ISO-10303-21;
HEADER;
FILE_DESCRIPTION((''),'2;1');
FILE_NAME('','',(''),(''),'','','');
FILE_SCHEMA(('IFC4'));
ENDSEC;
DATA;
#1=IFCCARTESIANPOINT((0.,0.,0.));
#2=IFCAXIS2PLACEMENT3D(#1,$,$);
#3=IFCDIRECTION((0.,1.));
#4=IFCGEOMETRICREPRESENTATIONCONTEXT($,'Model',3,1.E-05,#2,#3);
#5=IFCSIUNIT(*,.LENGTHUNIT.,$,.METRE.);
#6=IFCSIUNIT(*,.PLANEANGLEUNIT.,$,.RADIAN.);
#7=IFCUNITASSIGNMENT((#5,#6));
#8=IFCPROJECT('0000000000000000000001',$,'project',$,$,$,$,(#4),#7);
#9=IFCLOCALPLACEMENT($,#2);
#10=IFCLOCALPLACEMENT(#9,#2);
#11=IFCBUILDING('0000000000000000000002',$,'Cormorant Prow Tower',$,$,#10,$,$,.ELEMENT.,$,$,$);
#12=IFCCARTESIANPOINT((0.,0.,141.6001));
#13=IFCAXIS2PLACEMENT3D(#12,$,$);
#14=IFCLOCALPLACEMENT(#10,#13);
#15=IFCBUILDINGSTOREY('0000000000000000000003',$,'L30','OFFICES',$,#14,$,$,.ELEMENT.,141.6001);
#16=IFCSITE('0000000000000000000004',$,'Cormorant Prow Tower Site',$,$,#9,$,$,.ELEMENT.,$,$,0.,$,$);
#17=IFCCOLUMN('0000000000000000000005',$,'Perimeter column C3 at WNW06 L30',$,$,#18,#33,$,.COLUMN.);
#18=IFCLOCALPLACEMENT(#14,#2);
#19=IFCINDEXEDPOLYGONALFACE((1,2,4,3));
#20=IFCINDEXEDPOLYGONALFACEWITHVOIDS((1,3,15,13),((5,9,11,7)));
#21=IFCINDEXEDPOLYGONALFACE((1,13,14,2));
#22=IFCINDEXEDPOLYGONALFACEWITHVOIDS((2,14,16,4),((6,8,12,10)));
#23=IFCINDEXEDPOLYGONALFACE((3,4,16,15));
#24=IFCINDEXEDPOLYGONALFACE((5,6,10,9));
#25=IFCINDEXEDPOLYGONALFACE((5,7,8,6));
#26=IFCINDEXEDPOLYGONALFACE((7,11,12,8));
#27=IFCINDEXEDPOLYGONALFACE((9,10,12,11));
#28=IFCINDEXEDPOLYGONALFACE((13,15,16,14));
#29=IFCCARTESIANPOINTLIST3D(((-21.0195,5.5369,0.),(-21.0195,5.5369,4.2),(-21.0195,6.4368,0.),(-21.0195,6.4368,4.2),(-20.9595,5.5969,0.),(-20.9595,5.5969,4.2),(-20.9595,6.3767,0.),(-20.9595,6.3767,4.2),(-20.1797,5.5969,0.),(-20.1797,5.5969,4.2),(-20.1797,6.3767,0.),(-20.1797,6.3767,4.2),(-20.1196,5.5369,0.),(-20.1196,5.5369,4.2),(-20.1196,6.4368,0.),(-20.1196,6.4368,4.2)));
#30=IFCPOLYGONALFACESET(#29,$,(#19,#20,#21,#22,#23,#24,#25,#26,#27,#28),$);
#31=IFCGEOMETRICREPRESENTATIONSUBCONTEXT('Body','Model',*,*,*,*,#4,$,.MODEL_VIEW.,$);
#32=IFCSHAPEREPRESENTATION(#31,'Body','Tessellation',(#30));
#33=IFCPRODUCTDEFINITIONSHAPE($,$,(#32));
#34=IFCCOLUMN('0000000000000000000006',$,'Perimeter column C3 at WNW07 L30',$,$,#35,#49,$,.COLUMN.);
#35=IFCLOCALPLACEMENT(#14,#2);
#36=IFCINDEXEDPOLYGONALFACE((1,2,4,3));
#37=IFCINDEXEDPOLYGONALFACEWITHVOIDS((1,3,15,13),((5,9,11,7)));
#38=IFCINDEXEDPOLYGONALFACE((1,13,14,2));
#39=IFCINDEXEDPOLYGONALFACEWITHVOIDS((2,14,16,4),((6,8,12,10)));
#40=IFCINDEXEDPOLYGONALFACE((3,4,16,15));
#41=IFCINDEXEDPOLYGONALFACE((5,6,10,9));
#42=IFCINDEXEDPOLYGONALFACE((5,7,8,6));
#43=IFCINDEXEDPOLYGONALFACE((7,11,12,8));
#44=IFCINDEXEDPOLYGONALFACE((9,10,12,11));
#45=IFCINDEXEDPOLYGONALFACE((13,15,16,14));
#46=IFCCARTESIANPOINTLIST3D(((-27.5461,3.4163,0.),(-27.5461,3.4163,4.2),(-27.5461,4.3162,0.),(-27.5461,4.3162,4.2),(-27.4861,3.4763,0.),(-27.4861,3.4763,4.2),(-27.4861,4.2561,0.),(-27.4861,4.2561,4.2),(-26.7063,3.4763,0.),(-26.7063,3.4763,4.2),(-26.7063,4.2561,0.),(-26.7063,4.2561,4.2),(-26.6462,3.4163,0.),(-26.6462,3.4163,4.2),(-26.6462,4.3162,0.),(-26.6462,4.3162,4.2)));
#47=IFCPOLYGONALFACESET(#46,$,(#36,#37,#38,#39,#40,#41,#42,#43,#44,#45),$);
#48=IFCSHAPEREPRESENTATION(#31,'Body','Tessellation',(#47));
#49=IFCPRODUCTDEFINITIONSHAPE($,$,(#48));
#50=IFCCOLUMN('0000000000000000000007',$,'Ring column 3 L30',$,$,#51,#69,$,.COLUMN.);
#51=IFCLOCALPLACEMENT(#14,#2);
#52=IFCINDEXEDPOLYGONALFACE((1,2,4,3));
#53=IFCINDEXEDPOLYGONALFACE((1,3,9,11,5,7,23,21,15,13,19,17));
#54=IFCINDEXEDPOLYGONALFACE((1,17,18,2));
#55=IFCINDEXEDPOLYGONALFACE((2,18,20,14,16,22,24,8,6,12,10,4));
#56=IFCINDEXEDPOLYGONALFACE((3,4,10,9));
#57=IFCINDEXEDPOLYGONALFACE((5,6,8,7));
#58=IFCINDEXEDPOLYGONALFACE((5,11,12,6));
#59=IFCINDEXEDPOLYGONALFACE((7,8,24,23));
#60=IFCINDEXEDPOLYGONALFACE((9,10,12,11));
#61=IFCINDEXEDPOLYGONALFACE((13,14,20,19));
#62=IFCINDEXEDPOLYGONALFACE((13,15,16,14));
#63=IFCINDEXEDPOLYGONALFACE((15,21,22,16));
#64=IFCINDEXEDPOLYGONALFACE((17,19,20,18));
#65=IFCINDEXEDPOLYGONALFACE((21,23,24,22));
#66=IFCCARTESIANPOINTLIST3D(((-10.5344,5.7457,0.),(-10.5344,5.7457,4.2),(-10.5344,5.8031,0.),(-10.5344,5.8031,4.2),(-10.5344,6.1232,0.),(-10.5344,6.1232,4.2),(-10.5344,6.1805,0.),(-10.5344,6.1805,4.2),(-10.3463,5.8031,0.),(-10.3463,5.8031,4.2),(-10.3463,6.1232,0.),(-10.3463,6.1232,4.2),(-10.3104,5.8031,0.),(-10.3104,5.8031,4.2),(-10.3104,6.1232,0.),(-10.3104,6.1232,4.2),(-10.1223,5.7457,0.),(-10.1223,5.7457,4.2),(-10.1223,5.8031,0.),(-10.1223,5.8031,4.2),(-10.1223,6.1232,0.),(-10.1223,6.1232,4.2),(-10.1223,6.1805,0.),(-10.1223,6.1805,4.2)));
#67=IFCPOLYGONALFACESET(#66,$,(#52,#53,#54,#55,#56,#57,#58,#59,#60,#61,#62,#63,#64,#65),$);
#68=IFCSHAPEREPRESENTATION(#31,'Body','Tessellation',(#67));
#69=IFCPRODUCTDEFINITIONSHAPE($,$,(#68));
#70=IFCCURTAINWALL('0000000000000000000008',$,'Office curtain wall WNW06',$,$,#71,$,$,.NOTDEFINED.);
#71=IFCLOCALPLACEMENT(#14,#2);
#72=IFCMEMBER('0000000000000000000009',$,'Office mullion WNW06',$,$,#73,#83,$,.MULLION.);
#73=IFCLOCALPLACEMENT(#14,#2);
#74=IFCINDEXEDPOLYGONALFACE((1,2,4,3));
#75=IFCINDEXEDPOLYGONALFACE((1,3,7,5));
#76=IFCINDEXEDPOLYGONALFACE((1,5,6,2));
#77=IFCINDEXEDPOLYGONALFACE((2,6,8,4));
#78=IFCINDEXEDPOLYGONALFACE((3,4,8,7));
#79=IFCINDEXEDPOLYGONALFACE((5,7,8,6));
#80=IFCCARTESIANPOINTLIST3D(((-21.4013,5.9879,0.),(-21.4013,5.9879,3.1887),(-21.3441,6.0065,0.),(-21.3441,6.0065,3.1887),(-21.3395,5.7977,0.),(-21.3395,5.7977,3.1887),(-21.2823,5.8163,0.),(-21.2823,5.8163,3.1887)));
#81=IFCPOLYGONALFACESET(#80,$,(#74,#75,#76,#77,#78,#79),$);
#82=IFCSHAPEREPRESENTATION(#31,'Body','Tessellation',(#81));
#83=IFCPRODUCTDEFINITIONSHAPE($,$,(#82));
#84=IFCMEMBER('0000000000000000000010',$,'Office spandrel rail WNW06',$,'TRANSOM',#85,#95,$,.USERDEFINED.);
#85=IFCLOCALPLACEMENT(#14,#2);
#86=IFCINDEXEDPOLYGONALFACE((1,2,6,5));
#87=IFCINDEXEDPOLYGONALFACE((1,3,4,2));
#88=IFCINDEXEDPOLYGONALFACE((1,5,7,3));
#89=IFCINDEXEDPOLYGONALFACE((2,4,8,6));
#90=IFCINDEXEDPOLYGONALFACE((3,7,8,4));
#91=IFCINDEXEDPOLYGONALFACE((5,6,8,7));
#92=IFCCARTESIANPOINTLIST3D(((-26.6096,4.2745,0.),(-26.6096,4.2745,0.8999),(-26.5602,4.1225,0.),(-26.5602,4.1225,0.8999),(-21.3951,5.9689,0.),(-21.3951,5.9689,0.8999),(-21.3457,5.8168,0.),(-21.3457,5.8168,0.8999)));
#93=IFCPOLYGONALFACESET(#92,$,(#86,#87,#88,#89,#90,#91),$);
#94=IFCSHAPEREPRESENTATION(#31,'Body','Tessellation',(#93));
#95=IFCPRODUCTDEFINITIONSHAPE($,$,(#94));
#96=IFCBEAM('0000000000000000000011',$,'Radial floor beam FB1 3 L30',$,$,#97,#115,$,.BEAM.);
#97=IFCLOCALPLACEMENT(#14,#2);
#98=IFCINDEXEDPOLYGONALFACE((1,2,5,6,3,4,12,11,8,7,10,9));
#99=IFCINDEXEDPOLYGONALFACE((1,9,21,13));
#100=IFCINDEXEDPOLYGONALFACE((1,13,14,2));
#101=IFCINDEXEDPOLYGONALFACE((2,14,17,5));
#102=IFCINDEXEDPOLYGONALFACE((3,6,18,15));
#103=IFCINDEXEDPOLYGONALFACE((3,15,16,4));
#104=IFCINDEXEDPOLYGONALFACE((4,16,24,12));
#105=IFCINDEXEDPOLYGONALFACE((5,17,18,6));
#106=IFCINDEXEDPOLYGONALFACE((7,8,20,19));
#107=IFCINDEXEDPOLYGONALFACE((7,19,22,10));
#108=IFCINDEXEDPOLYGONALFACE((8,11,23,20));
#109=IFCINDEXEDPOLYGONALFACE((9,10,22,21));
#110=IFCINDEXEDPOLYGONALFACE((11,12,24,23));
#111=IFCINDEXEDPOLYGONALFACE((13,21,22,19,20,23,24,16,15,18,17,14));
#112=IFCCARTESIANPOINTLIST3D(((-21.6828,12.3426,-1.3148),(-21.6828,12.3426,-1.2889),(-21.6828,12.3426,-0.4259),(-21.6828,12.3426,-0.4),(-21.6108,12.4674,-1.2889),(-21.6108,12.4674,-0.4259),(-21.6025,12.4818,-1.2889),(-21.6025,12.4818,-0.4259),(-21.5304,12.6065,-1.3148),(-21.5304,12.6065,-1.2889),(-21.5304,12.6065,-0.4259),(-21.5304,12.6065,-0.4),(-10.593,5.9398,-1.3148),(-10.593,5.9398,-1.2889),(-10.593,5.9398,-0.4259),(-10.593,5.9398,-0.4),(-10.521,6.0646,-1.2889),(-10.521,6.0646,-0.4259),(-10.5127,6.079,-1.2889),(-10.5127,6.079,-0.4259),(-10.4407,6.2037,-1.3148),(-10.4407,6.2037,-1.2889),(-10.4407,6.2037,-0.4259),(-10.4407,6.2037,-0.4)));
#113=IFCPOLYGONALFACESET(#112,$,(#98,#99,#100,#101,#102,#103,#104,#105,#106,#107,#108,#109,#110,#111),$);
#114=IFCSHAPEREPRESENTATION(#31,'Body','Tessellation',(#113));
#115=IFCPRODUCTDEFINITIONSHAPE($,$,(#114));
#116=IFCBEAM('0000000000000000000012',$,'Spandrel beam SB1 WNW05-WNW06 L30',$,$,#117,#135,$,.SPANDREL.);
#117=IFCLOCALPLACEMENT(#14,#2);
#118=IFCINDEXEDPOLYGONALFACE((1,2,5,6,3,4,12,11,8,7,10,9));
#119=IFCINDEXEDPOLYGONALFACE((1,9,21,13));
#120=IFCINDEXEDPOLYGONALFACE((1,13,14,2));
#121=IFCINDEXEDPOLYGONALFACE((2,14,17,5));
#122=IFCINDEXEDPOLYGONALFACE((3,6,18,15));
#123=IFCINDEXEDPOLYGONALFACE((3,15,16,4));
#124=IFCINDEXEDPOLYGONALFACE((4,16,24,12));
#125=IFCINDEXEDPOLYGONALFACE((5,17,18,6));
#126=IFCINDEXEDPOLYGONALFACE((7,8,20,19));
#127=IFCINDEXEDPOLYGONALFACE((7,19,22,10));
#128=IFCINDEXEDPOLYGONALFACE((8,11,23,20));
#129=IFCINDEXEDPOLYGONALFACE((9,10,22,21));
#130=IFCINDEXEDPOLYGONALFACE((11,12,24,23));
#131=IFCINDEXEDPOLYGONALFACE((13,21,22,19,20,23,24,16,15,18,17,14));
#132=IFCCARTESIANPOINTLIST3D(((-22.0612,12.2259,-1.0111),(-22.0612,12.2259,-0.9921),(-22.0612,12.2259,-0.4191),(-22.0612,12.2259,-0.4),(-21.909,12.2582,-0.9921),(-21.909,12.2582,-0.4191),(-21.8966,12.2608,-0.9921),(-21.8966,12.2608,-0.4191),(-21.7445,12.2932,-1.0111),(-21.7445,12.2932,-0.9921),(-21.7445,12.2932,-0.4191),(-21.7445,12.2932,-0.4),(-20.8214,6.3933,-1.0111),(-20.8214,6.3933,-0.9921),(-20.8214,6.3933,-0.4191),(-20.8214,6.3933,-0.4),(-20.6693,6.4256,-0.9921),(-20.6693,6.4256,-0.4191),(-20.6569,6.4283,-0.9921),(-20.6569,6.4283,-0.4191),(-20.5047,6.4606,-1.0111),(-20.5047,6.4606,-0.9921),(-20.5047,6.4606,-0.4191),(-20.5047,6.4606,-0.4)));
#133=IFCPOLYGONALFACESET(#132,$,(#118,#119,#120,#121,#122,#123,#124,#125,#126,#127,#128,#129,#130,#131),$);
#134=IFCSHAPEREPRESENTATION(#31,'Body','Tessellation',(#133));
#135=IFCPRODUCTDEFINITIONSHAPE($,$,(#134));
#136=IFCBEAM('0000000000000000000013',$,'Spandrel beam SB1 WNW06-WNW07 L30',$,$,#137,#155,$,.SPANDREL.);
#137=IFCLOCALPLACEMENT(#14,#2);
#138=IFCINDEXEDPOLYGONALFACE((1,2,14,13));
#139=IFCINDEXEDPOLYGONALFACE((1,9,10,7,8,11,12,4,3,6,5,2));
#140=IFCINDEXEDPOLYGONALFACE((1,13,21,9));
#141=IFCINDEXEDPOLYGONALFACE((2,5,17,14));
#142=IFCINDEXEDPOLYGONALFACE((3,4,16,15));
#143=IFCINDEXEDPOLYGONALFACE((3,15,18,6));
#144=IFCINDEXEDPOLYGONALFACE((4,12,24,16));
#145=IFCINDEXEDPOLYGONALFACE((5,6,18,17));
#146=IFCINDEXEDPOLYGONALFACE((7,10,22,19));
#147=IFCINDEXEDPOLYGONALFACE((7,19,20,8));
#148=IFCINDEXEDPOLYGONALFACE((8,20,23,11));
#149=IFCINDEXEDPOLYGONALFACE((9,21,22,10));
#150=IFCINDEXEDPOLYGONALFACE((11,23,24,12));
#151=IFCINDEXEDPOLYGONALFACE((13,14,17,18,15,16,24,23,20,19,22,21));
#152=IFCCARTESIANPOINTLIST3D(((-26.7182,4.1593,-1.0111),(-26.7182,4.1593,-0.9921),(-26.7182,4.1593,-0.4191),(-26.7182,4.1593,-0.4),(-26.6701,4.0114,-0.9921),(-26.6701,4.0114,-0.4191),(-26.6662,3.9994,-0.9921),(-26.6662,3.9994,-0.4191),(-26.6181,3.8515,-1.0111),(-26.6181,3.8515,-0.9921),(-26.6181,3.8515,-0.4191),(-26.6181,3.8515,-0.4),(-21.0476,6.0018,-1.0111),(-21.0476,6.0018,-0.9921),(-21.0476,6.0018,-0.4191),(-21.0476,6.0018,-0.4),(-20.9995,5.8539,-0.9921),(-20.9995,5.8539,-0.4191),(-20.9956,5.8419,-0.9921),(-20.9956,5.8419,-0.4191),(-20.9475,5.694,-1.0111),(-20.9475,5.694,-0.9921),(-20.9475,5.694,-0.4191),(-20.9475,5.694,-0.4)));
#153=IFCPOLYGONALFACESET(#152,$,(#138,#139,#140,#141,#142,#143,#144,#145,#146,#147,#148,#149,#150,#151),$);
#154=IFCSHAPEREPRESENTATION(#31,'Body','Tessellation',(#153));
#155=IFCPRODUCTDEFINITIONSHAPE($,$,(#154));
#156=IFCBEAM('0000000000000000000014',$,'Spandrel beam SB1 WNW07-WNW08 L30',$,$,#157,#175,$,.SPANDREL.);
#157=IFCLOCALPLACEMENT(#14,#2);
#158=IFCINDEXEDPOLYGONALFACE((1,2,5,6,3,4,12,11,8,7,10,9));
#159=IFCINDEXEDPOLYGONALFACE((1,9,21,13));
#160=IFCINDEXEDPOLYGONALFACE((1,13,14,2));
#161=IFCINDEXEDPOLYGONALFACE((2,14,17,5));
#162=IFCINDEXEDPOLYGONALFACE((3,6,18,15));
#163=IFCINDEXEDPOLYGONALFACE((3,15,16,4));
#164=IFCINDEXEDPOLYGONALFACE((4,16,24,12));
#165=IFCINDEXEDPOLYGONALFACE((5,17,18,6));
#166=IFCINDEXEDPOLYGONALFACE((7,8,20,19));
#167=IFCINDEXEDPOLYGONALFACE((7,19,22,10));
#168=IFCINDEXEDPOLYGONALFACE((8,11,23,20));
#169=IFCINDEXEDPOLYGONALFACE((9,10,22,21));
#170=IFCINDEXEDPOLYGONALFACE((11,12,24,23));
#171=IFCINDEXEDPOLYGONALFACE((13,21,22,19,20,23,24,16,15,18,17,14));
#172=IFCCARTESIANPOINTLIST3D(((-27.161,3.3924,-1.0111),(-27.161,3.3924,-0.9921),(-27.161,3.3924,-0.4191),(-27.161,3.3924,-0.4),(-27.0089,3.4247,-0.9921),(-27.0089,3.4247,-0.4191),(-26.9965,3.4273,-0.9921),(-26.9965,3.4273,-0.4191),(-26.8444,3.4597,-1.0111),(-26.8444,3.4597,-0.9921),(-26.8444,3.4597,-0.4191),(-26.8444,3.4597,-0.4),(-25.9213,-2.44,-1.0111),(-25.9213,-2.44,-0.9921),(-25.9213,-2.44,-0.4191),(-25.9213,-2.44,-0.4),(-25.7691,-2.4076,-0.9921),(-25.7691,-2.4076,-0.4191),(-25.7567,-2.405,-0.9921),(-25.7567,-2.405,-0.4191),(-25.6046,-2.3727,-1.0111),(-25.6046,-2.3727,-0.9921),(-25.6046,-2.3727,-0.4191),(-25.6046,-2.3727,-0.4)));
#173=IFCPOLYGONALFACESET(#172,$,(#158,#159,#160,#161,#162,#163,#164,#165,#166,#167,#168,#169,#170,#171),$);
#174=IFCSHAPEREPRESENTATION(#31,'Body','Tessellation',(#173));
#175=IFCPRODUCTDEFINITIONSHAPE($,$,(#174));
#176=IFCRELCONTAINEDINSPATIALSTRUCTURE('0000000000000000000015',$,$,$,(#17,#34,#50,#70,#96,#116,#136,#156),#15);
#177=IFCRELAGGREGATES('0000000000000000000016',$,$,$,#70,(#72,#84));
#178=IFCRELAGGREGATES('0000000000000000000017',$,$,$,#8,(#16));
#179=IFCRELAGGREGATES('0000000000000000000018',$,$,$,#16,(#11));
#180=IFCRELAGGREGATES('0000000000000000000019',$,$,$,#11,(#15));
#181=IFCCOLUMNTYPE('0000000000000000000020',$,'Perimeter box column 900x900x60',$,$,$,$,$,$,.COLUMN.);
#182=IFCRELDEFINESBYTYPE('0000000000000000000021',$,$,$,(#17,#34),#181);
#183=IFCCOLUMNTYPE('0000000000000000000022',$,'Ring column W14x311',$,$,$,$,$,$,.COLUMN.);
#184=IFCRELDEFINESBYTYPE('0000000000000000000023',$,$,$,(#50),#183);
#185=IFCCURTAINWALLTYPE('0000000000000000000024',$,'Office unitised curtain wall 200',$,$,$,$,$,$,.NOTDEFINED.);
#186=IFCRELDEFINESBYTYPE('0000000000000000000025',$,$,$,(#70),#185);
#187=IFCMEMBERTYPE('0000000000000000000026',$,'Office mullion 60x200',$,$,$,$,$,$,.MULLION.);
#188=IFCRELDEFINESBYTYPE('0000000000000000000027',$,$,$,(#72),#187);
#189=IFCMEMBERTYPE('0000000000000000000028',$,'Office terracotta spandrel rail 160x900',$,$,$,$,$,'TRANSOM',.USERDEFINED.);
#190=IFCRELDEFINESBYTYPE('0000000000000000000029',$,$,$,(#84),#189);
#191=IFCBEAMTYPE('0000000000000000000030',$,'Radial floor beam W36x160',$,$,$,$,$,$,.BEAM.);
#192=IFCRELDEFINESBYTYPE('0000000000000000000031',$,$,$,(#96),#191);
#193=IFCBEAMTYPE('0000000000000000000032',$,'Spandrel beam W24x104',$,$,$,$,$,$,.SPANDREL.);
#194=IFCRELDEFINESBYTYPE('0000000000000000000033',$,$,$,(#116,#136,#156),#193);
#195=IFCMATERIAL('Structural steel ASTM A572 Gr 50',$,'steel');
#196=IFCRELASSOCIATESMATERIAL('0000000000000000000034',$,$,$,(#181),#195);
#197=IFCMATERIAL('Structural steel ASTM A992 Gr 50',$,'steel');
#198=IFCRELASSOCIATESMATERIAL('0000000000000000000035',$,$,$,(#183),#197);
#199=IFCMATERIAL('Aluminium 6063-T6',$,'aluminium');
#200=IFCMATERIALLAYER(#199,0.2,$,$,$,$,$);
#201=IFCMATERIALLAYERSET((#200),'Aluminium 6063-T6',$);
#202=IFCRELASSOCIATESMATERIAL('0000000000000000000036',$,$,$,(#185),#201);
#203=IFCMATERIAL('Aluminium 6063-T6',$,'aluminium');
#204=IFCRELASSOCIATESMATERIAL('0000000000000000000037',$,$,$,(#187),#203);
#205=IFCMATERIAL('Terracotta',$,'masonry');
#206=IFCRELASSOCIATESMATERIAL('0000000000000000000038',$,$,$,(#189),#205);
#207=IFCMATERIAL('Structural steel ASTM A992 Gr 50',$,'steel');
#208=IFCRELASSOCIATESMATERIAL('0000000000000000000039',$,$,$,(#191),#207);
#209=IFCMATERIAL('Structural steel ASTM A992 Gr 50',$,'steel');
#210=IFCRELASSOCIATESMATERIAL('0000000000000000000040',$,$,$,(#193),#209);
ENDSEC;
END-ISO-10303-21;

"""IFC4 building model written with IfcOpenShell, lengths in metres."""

from ifc_helpers import new_model, si_unit, direction, frame, origin, origin_2d, place, context, subcontext, project, spatial, rectangle, hollow_rectangle, i_section, extrude, material, layer, layer_set, material_profile, profile_set, type_object, element, aggregate, save


model = new_model("IFC4")

# Units and contexts
model_context = context("Model", 3, precision=1e-05, world=origin(), true_north=direction((0.0, 1.0)))
body_context = subcontext(model_context, "Body", "Model", "MODEL_VIEW")
ifc_project = project(units=[si_unit("LENGTHUNIT", "METRE"), si_unit("PLANEANGLEUNIT", "RADIAN")], contexts=[model_context])

# Site, building, storey
site_placement = place(None, origin())
site = spatial("IfcSite", under=ifc_project, at=site_placement, Name="Cormorant Prow Tower Site", CompositionType="ELEMENT", RefElevation=0.0)
building_placement = place(site_placement, origin())
building = spatial("IfcBuilding", under=site, at=building_placement, Name="Cormorant Prow Tower", CompositionType="ELEMENT")
storey_placement = place(building_placement, frame((0.0, 0.0, 141.6001)))
storey = spatial("IfcBuildingStorey", under=building, at=storey_placement, Name="L30", Description="OFFICES", CompositionType="ELEMENT", Elevation=141.6001)

# Columns
ifc_material_1 = material(Name="Structural steel ASTM A572 Gr 50", Category="steel")
ifc_material_profile_1 = material_profile(ifc_material_1, hollow_rectangle(XDim=0.8999, YDim=0.8999, WallThickness=0.0601, at=origin_2d()), Name="Box 900x900x60")
ifc_profile_set_1 = profile_set([ifc_material_profile_1], Name="Structural steel ASTM A572 Gr 50")
column_type_1 = type_object("IfcColumnType", Name="Perimeter box column 900x900x60", PredefinedType="COLUMN", material=ifc_profile_set_1)
for number, where, z_axis, x_axis, name in (
    (1, (-20.5696, 5.9868, 0.0), (0.0, 0.0, 1.0), (1.0, 0.0, 0.0), "Perimeter column C3 at WNW06 L30"),
    (2, (-27.0962, 3.8662, 0.0), (0.0, 0.0, 1.0), (1.0, 0.0, 0.0), "Perimeter column C3 at WNW07 L30"),
):
    element("IfcColumn", number, at=place(storey_placement, frame(where, z_axis=z_axis, x_axis=x_axis)), inside=storey, type_object=column_type_1, Name=name, PredefinedType="COLUMN", context=body_context, shape_type="SweptSolid", body=[
        extrude(hollow_rectangle(XDim=0.8999, YDim=0.8999, WallThickness=0.0601, at=origin_2d()), origin(), (0.0, 0.0, 1.0), 4.2),
    ])
ifc_material_2 = material(Name="Structural steel ASTM A992 Gr 50", Category="steel")
ifc_material_profile_2 = material_profile(ifc_material_2, i_section(OverallWidth=0.4121, OverallDepth=0.4348, WebThickness=0.0359, FlangeThickness=0.0574, at=origin_2d()), Name="W14x311")
ifc_profile_set_2 = profile_set([ifc_material_profile_2], Name="Structural steel ASTM A992 Gr 50")
column_type_2 = type_object("IfcColumnType", Name="Ring column W14x311", PredefinedType="COLUMN", material=ifc_profile_set_2)
column_placement = place(storey_placement, frame((-10.3284, 5.9631, 0.0), z_axis=(0.0, 0.0, 1.0), x_axis=(1.0, 0.0, 0.0)))
element("IfcColumn", 3, at=column_placement, inside=storey, type_object=column_type_2, Name="Ring column 3 L30", PredefinedType="COLUMN", context=body_context, shape_type="SweptSolid", body=[
    extrude(i_section(OverallWidth=0.4121, OverallDepth=0.4348, WebThickness=0.0359, FlangeThickness=0.0574, at=origin_2d()), origin(), (0.0, 0.0, 1.0), 4.2),
])

# Curtain wall, members
ifc_material_3 = material(Name="Aluminium 6063-T6", Category="aluminium")
ifc_layer_1 = layer(ifc_material_3, 0.2)
ifc_layer_set_1 = layer_set([ifc_layer_1], Name="Aluminium 6063-T6")
curtain_wall_type = type_object("IfcCurtainWallType", Name="Office unitised curtain wall 200", PredefinedType="NOTDEFINED", material=ifc_layer_set_1)
curtain_wall_placement = place(storey_placement, origin())
curtain_wall = element("IfcCurtainWall", 4, at=curtain_wall_placement, inside=storey, type_object=curtain_wall_type, Name="Office curtain wall WNW06", PredefinedType="NOTDEFINED")
ifc_material_4 = material(Name="Aluminium 6063-T6", Category="aluminium")
ifc_material_profile_3 = material_profile(ifc_material_4, rectangle(XDim=0.2, YDim=0.0601, at=origin_2d()), Name="Office mullion 60x200")
ifc_profile_set_3 = profile_set([ifc_material_profile_3], Name="Aluminium 6063-T6")
member_type_1 = type_object("IfcMemberType", Name="Office mullion 60x200", PredefinedType="MULLION", material=ifc_profile_set_3)
member_1_placement = place(storey_placement, frame((-21.3418, 5.9021, 0.0), z_axis=(0.0, 0.0, 1.0), x_axis=(0.309017, -0.951057, 0.0)))
member_1 = element("IfcMember", 5, at=member_1_placement, type_object=member_type_1, Name="Office mullion WNW06", PredefinedType="MULLION", context=body_context, shape_type="SweptSolid", body=[
    extrude(rectangle(XDim=0.2, YDim=0.0601, at=origin_2d()), origin(), (0.0, 0.0, 1.0), 3.1887),
])
ifc_material_5 = material(Name="Terracotta", Category="masonry")
ifc_material_profile_4 = material_profile(ifc_material_5, rectangle(XDim=0.1599, YDim=0.8999, at=origin_2d()), Name="Office terracotta spandrel rail 160x900")
ifc_profile_set_4 = profile_set([ifc_material_profile_4], Name="Terracotta")
member_type_2 = type_object("IfcMemberType", Name="Office terracotta spandrel rail 160x900", ElementType="TRANSOM", PredefinedType="USERDEFINED", material=ifc_profile_set_4)
member_2_placement = place(storey_placement, frame((-21.3704, 5.8928, 0.45), z_axis=(-0.951056, -0.309019, 0.0), x_axis=(0.309019, -0.951056, 0.0)))
member_2 = element("IfcMember", 6, at=member_2_placement, type_object=member_type_2, Name="Office spandrel rail WNW06", ObjectType="TRANSOM", PredefinedType="USERDEFINED", context=body_context, shape_type="SweptSolid", body=[
    extrude(rectangle(XDim=0.1599, YDim=0.8999, at=origin_2d()), origin(), (0.0, 0.0, 1.0), 5.4829),
])

# Beams
ifc_material_6 = material(Name="Structural steel ASTM A992 Gr 50", Category="steel")
ifc_material_profile_5 = material_profile(ifc_material_6, i_section(OverallWidth=0.3047, OverallDepth=0.9148, WebThickness=0.0166, FlangeThickness=0.0259, at=origin_2d()), Name="W36x160")
ifc_profile_set_5 = profile_set([ifc_material_profile_5], Name="Structural steel ASTM A992 Gr 50")
beam_type_1 = type_object("IfcBeamType", Name="Radial floor beam W36x160", PredefinedType="BEAM", material=ifc_profile_set_5)
beam_1_placement = place(storey_placement, frame((-10.5168, 6.0718, -0.8574), z_axis=(-0.866022, 0.500006, 0.0), x_axis=(-0.500006, -0.866022, 0.0)))
element("IfcBeam", 7, at=beam_1_placement, inside=storey, type_object=beam_type_1, Name="Radial floor beam FB1 3 L30", PredefinedType="BEAM", context=body_context, shape_type="SweptSolid", body=[
    extrude(i_section(OverallWidth=0.3047, OverallDepth=0.9148, WebThickness=0.0166, FlangeThickness=0.0259, at=origin_2d()), origin(), (0.0, 0.0, 1.0), 12.8054),
])
ifc_material_7 = material(Name="Structural steel ASTM A992 Gr 50", Category="steel")
ifc_material_profile_6 = material_profile(ifc_material_7, i_section(OverallWidth=0.3237, OverallDepth=0.6111, WebThickness=0.0127, FlangeThickness=0.019, at=origin_2d()), Name="W24x104")
ifc_profile_set_6 = profile_set([ifc_material_profile_6], Name="Structural steel ASTM A992 Gr 50")
beam_type_2 = type_object("IfcBeamType", Name="Spandrel beam W24x104", PredefinedType="SPANDREL", material=ifc_profile_set_6)
beam_2_placement = place(storey_placement, frame((-21.9028, 12.2595, -0.7056), z_axis=(0.207913, -0.978147, 0.0), x_axis=(0.978147, 0.207913, 0.0)))
element("IfcBeam", 8, at=beam_2_placement, inside=storey, type_object=beam_type_2, Name="Spandrel beam SB1 WNW05-WNW06 L30", PredefinedType="SPANDREL", context=body_context, shape_type="SweptSolid", body=[
    extrude(i_section(OverallWidth=0.3237, OverallDepth=0.6111, WebThickness=0.0127, FlangeThickness=0.019, at=origin_2d()), origin(), (0.0, 0.0, 1.0), 5.9629),
])
beam_3_placement = place(storey_placement, frame((-20.9976, 5.8479, -0.7056), z_axis=(-0.951055, -0.30902, 0.0), x_axis=(0.30902, -0.951055, 0.0)))
element("IfcBeam", 9, at=beam_3_placement, inside=storey, type_object=beam_type_2, Name="Spandrel beam SB1 WNW06-WNW07 L30", PredefinedType="SPANDREL", context=body_context, shape_type="SweptSolid", body=[
    extrude(i_section(OverallWidth=0.3237, OverallDepth=0.6111, WebThickness=0.0127, FlangeThickness=0.019, at=origin_2d()), origin(), (0.0, 0.0, 1.0), 5.9624),
])
beam_4_placement = place(storey_placement, frame((-27.0027, 3.426, -0.7056), z_axis=(0.207921, -0.978146, 0.0), x_axis=(0.978146, 0.207921, 0.0)))
element("IfcBeam", 10, at=beam_4_placement, inside=storey, type_object=beam_type_2, Name="Spandrel beam SB1 WNW07-WNW08 L30", PredefinedType="SPANDREL", context=body_context, shape_type="SweptSolid", body=[
    extrude(i_section(OverallWidth=0.3237, OverallDepth=0.6111, WebThickness=0.0127, FlangeThickness=0.019, at=origin_2d()), origin(), (0.0, 0.0, 1.0), 5.9626),
])

aggregate(curtain_wall, [member_1, member_2])

save(model, "model.ifc")
